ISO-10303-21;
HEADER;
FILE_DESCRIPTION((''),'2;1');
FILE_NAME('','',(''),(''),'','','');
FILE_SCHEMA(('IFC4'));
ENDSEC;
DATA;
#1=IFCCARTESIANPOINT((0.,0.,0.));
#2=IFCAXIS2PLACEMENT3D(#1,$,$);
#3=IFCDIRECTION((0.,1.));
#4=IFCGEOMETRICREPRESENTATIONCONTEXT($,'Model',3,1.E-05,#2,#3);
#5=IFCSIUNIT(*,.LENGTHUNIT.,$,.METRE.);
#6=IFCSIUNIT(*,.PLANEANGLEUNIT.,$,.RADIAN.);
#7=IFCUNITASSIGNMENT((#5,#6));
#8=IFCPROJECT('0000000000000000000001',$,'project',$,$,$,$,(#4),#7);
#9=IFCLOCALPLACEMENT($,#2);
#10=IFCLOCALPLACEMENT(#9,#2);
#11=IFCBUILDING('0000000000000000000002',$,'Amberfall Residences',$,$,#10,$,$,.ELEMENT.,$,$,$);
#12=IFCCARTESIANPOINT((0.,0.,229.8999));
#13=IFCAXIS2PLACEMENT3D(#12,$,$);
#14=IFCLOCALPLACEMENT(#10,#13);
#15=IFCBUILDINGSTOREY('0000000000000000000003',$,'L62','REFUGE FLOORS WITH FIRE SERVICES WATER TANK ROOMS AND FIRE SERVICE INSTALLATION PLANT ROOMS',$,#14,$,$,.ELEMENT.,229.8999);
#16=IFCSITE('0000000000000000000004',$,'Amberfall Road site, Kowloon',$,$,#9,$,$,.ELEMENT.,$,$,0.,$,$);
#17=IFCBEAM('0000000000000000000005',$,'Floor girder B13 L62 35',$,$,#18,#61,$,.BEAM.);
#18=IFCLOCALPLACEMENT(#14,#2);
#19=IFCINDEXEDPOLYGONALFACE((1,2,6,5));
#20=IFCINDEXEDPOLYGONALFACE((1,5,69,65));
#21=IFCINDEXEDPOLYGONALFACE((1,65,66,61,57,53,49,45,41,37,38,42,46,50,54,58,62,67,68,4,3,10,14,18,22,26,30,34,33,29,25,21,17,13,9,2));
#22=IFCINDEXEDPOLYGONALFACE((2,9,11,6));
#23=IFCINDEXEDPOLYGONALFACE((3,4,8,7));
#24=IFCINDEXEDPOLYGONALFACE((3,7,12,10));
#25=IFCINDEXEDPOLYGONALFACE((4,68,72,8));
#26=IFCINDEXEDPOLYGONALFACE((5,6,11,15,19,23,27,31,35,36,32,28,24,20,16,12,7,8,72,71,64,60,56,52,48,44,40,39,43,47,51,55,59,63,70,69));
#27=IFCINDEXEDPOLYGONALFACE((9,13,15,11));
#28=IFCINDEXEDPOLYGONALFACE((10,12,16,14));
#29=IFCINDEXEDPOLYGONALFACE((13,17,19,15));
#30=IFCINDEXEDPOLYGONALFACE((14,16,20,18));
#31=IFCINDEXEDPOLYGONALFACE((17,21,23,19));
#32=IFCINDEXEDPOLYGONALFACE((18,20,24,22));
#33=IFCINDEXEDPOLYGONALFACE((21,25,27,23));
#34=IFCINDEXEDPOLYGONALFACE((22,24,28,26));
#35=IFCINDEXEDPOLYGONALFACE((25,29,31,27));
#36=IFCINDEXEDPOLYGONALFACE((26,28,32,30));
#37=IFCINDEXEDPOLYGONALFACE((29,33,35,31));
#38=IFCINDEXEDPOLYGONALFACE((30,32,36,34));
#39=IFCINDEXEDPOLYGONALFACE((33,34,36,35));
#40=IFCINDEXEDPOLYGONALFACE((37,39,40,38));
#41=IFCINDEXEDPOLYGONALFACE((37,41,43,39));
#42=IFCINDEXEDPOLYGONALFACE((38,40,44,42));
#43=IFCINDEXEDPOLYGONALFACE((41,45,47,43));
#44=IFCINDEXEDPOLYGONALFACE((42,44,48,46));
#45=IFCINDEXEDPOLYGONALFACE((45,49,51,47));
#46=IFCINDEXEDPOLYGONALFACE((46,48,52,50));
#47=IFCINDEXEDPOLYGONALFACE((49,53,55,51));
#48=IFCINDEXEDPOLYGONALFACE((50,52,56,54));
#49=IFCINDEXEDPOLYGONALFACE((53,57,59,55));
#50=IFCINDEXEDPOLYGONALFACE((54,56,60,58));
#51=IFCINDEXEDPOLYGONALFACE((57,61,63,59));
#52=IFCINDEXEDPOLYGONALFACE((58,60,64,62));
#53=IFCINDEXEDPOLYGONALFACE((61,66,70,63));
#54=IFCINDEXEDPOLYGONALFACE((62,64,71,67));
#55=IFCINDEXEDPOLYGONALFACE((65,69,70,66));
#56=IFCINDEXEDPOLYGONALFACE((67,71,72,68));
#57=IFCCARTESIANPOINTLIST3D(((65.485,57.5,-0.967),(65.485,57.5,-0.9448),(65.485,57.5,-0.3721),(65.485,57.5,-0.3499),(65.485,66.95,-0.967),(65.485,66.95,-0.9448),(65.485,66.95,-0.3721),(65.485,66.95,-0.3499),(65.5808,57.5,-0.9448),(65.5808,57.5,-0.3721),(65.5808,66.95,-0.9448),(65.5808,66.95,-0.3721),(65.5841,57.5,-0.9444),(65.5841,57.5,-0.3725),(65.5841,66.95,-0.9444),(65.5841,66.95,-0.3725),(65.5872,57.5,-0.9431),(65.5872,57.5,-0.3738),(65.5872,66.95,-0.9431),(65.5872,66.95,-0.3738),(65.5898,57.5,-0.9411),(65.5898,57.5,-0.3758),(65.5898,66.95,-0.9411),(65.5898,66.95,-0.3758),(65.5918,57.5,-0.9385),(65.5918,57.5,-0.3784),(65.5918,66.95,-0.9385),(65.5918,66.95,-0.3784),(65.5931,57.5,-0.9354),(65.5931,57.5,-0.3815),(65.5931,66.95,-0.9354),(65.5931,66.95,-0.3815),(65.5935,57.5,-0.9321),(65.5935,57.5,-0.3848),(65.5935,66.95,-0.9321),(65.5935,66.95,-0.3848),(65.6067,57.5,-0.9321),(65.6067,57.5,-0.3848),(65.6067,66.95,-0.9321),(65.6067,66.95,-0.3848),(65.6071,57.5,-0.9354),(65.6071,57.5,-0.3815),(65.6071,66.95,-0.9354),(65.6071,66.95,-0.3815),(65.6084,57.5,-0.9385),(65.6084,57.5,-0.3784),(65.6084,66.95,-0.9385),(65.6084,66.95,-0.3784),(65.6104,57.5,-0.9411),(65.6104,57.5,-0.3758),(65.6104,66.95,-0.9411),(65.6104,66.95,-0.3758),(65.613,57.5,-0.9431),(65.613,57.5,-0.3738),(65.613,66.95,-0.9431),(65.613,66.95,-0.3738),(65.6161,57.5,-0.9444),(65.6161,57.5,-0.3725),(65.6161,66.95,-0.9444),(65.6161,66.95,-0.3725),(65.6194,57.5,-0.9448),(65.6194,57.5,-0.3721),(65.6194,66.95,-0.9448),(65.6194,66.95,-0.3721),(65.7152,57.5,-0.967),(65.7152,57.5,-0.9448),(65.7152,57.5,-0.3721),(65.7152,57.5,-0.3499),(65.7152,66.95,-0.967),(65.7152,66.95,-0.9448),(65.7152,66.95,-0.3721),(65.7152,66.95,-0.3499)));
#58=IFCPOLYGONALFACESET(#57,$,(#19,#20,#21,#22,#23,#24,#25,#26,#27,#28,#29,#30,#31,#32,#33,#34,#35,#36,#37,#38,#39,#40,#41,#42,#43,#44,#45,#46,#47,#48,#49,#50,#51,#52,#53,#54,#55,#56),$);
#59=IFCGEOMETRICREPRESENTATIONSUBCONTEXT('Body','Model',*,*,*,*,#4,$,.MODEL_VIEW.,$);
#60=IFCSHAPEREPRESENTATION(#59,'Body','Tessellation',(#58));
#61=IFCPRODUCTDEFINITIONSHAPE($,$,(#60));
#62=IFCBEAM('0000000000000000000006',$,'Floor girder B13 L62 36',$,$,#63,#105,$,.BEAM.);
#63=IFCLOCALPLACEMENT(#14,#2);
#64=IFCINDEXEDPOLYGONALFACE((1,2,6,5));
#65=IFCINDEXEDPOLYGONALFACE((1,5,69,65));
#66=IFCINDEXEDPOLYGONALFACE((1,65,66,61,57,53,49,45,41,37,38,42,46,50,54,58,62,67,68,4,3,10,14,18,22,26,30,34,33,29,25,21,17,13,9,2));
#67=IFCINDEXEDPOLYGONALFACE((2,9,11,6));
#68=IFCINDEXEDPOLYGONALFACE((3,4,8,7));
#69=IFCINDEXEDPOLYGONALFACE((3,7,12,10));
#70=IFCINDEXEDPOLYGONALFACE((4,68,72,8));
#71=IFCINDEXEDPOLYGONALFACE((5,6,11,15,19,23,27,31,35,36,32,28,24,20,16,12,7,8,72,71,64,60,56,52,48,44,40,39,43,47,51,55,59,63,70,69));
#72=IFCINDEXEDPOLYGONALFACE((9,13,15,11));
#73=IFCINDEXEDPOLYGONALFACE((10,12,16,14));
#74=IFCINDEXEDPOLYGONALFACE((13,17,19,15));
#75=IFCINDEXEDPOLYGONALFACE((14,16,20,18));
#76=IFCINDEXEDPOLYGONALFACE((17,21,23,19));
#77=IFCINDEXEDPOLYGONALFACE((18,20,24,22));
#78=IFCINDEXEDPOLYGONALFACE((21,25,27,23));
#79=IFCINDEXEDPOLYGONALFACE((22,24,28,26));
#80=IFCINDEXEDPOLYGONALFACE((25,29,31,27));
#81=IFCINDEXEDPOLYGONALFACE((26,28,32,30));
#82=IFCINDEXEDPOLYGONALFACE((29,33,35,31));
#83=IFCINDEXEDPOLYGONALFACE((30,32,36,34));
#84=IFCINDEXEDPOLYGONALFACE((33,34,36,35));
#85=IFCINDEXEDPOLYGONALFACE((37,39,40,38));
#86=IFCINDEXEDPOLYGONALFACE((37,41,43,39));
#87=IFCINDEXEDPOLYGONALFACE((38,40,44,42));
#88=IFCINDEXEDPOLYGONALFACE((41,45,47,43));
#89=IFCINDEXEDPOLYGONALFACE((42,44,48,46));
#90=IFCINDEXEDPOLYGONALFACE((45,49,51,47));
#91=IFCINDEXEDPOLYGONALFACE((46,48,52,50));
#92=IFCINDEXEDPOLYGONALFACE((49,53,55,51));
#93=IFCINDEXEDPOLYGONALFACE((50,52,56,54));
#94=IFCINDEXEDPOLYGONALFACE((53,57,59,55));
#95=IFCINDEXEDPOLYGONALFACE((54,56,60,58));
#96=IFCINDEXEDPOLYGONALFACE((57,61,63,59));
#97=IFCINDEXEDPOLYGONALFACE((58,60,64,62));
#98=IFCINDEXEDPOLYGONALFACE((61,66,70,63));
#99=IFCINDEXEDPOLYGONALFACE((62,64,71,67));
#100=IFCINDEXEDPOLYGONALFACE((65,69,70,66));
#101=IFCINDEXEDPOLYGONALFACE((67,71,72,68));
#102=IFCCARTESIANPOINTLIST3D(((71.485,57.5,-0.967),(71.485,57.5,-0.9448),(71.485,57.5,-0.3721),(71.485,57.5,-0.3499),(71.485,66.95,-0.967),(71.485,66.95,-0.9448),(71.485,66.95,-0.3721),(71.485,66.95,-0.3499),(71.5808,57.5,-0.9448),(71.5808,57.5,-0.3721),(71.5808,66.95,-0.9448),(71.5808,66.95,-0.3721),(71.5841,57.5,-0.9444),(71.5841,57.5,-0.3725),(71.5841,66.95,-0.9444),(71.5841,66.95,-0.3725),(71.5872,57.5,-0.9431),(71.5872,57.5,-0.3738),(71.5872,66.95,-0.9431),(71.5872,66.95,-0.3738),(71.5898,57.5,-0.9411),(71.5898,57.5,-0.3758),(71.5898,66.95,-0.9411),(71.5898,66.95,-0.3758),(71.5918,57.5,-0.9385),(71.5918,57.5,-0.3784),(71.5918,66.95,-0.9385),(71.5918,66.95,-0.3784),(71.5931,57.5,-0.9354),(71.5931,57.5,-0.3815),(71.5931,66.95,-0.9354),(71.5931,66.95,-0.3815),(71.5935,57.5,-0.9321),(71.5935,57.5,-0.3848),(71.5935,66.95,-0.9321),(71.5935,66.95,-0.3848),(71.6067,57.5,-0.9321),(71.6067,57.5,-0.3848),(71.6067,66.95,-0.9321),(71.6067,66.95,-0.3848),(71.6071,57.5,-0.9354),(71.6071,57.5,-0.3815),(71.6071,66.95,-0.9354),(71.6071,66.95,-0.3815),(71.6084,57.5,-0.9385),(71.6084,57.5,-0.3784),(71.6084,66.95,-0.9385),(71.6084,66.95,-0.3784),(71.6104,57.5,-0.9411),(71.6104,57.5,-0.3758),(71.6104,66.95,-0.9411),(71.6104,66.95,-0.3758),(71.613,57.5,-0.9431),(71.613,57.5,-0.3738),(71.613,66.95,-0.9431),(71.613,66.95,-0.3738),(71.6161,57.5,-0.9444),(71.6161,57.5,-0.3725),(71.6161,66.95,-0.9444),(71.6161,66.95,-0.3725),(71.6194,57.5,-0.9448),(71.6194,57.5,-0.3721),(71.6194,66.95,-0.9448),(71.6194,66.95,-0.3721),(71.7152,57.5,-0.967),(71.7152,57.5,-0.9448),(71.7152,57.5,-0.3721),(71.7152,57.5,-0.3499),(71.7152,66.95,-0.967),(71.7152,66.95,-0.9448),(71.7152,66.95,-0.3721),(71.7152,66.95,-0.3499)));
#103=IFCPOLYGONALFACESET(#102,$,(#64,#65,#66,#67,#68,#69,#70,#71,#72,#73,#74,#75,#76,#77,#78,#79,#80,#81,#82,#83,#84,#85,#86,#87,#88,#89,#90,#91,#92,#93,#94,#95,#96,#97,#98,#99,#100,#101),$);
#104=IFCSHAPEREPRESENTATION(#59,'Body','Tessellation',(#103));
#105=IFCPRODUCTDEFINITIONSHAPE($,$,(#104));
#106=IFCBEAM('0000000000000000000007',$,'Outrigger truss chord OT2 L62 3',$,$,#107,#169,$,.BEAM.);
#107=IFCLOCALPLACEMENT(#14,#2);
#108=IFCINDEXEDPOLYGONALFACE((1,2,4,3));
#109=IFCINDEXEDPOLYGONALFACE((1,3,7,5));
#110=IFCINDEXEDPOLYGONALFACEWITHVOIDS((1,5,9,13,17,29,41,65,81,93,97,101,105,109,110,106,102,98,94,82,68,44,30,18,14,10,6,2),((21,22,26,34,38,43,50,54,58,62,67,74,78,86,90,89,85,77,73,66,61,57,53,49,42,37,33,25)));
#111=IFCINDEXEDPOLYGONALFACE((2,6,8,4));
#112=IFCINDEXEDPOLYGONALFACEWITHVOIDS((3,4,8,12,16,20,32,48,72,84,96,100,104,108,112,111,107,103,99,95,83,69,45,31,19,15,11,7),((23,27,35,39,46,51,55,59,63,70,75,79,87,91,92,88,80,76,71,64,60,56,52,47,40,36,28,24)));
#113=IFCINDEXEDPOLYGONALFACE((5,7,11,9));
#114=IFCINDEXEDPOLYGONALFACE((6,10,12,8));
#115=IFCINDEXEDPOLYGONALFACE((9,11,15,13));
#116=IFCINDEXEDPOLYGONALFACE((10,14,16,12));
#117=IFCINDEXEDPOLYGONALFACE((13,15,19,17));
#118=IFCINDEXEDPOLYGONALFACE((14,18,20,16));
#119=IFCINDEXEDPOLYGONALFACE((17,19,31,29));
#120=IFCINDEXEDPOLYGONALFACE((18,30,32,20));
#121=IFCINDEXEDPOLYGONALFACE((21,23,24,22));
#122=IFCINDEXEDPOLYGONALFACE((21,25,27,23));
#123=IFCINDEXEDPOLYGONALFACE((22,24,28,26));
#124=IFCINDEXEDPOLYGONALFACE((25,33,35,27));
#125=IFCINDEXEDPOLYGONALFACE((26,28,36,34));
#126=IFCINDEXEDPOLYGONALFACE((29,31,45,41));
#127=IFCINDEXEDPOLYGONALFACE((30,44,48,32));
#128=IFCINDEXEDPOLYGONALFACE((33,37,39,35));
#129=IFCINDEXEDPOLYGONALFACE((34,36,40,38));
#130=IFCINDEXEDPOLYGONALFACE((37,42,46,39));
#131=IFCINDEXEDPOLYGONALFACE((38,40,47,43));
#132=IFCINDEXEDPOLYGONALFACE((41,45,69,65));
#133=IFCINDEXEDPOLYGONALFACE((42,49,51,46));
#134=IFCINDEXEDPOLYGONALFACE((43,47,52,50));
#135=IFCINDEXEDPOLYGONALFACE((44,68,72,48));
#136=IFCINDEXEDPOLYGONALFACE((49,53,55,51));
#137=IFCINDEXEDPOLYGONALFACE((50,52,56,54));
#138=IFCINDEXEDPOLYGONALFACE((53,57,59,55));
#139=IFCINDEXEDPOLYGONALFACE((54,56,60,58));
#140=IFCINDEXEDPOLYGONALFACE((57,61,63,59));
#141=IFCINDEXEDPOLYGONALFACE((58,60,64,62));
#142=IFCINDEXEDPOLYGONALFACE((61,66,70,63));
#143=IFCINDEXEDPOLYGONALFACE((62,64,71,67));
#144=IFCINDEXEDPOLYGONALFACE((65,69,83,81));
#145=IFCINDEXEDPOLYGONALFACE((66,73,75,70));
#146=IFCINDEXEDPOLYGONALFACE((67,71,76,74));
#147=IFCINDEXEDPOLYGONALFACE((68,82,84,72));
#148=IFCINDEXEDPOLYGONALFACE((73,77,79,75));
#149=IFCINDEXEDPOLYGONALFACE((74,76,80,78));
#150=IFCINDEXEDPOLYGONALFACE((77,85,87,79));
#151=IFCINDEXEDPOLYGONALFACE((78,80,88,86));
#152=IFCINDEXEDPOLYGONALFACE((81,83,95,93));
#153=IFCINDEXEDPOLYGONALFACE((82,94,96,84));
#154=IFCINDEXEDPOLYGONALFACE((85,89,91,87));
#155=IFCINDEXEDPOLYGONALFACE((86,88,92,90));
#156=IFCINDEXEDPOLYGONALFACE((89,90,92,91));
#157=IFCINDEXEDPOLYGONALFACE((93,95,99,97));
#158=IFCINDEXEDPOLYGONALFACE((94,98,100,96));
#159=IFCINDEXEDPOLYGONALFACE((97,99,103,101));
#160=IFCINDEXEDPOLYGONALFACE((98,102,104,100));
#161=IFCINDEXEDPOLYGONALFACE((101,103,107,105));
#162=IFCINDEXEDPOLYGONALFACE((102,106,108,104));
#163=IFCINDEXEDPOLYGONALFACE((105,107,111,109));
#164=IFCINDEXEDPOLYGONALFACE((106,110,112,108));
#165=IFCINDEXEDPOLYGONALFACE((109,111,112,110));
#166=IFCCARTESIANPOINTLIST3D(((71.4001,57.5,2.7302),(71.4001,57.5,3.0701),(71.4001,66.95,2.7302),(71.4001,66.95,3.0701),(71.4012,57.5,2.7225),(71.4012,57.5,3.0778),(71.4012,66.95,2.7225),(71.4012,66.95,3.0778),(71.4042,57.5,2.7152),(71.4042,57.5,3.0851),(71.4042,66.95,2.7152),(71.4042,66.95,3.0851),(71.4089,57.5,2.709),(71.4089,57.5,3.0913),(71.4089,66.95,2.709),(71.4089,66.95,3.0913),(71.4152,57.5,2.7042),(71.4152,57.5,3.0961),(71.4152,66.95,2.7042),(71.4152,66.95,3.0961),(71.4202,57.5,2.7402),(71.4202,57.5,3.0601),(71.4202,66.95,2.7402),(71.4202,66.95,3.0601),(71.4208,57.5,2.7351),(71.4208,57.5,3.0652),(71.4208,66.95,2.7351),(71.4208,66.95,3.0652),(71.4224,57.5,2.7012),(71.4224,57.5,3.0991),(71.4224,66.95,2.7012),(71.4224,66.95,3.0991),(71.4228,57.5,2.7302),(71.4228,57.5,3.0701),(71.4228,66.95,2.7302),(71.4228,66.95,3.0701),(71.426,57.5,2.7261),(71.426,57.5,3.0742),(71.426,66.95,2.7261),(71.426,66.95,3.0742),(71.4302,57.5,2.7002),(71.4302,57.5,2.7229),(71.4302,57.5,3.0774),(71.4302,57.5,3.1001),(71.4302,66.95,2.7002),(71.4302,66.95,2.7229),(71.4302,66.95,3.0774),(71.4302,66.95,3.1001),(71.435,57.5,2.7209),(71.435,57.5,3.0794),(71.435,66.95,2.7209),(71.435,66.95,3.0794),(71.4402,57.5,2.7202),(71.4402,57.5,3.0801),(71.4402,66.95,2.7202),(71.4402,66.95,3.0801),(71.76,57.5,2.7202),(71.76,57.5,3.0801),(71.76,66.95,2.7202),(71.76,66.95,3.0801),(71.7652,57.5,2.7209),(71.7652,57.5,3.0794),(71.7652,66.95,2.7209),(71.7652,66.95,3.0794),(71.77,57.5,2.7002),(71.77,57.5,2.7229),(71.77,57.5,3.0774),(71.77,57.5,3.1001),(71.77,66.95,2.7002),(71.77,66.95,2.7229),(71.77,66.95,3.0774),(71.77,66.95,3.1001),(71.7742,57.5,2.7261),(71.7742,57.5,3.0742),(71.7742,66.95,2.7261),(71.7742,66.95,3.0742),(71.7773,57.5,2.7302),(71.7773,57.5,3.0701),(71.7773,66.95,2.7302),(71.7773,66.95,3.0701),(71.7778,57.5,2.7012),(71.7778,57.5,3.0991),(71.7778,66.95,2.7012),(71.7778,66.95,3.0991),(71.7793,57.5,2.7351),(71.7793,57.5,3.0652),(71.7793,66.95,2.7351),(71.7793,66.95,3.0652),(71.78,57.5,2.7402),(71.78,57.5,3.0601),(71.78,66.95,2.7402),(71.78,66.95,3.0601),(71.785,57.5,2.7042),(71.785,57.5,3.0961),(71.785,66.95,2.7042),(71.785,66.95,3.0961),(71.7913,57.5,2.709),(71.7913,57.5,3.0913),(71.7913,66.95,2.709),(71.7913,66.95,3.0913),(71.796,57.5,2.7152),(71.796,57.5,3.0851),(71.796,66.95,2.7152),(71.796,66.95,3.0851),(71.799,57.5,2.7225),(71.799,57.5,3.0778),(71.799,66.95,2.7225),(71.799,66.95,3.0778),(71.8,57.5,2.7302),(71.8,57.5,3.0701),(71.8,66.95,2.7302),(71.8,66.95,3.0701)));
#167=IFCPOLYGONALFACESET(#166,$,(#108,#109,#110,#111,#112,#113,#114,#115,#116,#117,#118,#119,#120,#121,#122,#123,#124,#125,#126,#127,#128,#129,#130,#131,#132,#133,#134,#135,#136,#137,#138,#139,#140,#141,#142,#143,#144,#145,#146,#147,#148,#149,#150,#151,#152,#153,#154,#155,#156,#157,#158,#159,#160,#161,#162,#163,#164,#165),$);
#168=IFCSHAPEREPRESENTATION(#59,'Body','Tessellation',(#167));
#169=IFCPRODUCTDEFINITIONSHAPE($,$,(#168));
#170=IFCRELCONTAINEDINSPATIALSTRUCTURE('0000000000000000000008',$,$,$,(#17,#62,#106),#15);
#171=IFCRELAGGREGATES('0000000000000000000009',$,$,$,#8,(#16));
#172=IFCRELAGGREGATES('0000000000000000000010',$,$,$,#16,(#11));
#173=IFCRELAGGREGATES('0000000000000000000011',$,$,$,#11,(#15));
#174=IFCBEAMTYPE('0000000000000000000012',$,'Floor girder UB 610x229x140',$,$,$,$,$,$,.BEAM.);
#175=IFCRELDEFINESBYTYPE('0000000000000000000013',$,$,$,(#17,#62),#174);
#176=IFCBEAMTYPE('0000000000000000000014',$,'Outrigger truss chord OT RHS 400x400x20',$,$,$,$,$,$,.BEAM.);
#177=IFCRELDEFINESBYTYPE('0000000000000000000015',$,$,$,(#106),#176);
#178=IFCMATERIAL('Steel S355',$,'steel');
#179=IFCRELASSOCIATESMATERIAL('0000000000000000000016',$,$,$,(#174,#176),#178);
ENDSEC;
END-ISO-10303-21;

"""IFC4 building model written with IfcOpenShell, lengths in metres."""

from ifc_helpers import new_model, si_unit, direction, frame, origin, origin_2d, place, context, subcontext, project, spatial, hollow_rectangle, i_section, extrude, material, material_profile, profile_set, type_object, element, save


model = new_model("IFC4")

# Units and contexts
model_context = context("Model", 3, precision=1e-05, world=origin(), true_north=direction((0.0, 1.0)))
body_context = subcontext(model_context, "Body", "Model", "MODEL_VIEW")
ifc_project = project(units=[si_unit("LENGTHUNIT", "METRE"), si_unit("PLANEANGLEUNIT", "RADIAN")], contexts=[model_context])

# Site, building, storey
site_placement = place(None, origin())
site = spatial("IfcSite", under=ifc_project, at=site_placement, Name="Amberfall Road site, Kowloon", CompositionType="ELEMENT", RefElevation=0.0)
building_placement = place(site_placement, origin())
building = spatial("IfcBuilding", under=site, at=building_placement, Name="Amberfall Residences", CompositionType="ELEMENT")
storey_placement = place(building_placement, frame((0.0, 0.0, 229.8999)))
storey = spatial("IfcBuildingStorey", under=building, at=storey_placement, Name="L62", Description="REFUGE FLOORS WITH FIRE SERVICES WATER TANK ROOMS AND FIRE SERVICE INSTALLATION PLANT ROOMS", CompositionType="ELEMENT", Elevation=229.8999)

# Shared definitions
ifc_material_1 = material(Name="Steel S355", Category="steel")

# Beams
ifc_material_profile_1 = material_profile(ifc_material_1, i_section(OverallWidth=0.2302, OverallDepth=0.6172, WebThickness=0.0132, FlangeThickness=0.0222, FilletRadius=0.0127, at=origin_2d()), Name="UB 610x229x140")
ifc_profile_set_1 = profile_set([ifc_material_profile_1], Name="Steel S355")
beam_type_1 = type_object("IfcBeamType", Name="Floor girder UB 610x229x140", PredefinedType="BEAM", material=ifc_profile_set_1)
for number, where, z_axis, x_axis, name in (
    (1, (65.6001, 66.95, -0.6584), (0.0, -1.0, 0.0), (1.0, 0.0, 0.0), "Floor girder B13 L62 35"),
    (2, (71.6001, 66.95, -0.6584), (0.0, -1.0, 0.0), (1.0, 0.0, 0.0), "Floor girder B13 L62 36"),
):
    element("IfcBeam", number, at=place(storey_placement, frame(where, z_axis=z_axis, x_axis=x_axis)), inside=storey, type_object=beam_type_1, Name=name, PredefinedType="BEAM", context=body_context, shape_type="SweptSolid", body=[
        extrude(i_section(OverallWidth=0.2302, OverallDepth=0.6172, WebThickness=0.0132, FlangeThickness=0.0222, FilletRadius=0.0127, at=origin_2d()), origin(), (0.0, 0.0, 1.0), 9.45),
    ])
ifc_material_profile_2 = material_profile(ifc_material_1, hollow_rectangle(XDim=0.3999, YDim=0.3999, WallThickness=0.02, InnerFilletRadius=0.02, OuterFilletRadius=0.03, at=origin_2d()), Name="RHS 400x400x20")
ifc_profile_set_2 = profile_set([ifc_material_profile_2], Name="Steel S355")
beam_type_2 = type_object("IfcBeamType", Name="Outrigger truss chord OT RHS 400x400x20", PredefinedType="BEAM", material=ifc_profile_set_2)
for number, where, z_axis, x_axis, name in (
    (3, (71.6001, 66.95, 2.9001), (0.0, -1.0, 0.0), (1.0, 0.0, 0.0), "Outrigger truss chord OT2 L62 3"),
):
    element("IfcBeam", number, at=place(storey_placement, frame(where, z_axis=z_axis, x_axis=x_axis)), inside=storey, type_object=beam_type_2, Name=name, PredefinedType="BEAM", context=body_context, shape_type="SweptSolid", body=[
        extrude(hollow_rectangle(XDim=0.3999, YDim=0.3999, WallThickness=0.02, InnerFilletRadius=0.02, OuterFilletRadius=0.03, at=origin_2d()), origin(), (0.0, 0.0, 1.0), 9.45),
    ])

save(model, "model.ifc")
